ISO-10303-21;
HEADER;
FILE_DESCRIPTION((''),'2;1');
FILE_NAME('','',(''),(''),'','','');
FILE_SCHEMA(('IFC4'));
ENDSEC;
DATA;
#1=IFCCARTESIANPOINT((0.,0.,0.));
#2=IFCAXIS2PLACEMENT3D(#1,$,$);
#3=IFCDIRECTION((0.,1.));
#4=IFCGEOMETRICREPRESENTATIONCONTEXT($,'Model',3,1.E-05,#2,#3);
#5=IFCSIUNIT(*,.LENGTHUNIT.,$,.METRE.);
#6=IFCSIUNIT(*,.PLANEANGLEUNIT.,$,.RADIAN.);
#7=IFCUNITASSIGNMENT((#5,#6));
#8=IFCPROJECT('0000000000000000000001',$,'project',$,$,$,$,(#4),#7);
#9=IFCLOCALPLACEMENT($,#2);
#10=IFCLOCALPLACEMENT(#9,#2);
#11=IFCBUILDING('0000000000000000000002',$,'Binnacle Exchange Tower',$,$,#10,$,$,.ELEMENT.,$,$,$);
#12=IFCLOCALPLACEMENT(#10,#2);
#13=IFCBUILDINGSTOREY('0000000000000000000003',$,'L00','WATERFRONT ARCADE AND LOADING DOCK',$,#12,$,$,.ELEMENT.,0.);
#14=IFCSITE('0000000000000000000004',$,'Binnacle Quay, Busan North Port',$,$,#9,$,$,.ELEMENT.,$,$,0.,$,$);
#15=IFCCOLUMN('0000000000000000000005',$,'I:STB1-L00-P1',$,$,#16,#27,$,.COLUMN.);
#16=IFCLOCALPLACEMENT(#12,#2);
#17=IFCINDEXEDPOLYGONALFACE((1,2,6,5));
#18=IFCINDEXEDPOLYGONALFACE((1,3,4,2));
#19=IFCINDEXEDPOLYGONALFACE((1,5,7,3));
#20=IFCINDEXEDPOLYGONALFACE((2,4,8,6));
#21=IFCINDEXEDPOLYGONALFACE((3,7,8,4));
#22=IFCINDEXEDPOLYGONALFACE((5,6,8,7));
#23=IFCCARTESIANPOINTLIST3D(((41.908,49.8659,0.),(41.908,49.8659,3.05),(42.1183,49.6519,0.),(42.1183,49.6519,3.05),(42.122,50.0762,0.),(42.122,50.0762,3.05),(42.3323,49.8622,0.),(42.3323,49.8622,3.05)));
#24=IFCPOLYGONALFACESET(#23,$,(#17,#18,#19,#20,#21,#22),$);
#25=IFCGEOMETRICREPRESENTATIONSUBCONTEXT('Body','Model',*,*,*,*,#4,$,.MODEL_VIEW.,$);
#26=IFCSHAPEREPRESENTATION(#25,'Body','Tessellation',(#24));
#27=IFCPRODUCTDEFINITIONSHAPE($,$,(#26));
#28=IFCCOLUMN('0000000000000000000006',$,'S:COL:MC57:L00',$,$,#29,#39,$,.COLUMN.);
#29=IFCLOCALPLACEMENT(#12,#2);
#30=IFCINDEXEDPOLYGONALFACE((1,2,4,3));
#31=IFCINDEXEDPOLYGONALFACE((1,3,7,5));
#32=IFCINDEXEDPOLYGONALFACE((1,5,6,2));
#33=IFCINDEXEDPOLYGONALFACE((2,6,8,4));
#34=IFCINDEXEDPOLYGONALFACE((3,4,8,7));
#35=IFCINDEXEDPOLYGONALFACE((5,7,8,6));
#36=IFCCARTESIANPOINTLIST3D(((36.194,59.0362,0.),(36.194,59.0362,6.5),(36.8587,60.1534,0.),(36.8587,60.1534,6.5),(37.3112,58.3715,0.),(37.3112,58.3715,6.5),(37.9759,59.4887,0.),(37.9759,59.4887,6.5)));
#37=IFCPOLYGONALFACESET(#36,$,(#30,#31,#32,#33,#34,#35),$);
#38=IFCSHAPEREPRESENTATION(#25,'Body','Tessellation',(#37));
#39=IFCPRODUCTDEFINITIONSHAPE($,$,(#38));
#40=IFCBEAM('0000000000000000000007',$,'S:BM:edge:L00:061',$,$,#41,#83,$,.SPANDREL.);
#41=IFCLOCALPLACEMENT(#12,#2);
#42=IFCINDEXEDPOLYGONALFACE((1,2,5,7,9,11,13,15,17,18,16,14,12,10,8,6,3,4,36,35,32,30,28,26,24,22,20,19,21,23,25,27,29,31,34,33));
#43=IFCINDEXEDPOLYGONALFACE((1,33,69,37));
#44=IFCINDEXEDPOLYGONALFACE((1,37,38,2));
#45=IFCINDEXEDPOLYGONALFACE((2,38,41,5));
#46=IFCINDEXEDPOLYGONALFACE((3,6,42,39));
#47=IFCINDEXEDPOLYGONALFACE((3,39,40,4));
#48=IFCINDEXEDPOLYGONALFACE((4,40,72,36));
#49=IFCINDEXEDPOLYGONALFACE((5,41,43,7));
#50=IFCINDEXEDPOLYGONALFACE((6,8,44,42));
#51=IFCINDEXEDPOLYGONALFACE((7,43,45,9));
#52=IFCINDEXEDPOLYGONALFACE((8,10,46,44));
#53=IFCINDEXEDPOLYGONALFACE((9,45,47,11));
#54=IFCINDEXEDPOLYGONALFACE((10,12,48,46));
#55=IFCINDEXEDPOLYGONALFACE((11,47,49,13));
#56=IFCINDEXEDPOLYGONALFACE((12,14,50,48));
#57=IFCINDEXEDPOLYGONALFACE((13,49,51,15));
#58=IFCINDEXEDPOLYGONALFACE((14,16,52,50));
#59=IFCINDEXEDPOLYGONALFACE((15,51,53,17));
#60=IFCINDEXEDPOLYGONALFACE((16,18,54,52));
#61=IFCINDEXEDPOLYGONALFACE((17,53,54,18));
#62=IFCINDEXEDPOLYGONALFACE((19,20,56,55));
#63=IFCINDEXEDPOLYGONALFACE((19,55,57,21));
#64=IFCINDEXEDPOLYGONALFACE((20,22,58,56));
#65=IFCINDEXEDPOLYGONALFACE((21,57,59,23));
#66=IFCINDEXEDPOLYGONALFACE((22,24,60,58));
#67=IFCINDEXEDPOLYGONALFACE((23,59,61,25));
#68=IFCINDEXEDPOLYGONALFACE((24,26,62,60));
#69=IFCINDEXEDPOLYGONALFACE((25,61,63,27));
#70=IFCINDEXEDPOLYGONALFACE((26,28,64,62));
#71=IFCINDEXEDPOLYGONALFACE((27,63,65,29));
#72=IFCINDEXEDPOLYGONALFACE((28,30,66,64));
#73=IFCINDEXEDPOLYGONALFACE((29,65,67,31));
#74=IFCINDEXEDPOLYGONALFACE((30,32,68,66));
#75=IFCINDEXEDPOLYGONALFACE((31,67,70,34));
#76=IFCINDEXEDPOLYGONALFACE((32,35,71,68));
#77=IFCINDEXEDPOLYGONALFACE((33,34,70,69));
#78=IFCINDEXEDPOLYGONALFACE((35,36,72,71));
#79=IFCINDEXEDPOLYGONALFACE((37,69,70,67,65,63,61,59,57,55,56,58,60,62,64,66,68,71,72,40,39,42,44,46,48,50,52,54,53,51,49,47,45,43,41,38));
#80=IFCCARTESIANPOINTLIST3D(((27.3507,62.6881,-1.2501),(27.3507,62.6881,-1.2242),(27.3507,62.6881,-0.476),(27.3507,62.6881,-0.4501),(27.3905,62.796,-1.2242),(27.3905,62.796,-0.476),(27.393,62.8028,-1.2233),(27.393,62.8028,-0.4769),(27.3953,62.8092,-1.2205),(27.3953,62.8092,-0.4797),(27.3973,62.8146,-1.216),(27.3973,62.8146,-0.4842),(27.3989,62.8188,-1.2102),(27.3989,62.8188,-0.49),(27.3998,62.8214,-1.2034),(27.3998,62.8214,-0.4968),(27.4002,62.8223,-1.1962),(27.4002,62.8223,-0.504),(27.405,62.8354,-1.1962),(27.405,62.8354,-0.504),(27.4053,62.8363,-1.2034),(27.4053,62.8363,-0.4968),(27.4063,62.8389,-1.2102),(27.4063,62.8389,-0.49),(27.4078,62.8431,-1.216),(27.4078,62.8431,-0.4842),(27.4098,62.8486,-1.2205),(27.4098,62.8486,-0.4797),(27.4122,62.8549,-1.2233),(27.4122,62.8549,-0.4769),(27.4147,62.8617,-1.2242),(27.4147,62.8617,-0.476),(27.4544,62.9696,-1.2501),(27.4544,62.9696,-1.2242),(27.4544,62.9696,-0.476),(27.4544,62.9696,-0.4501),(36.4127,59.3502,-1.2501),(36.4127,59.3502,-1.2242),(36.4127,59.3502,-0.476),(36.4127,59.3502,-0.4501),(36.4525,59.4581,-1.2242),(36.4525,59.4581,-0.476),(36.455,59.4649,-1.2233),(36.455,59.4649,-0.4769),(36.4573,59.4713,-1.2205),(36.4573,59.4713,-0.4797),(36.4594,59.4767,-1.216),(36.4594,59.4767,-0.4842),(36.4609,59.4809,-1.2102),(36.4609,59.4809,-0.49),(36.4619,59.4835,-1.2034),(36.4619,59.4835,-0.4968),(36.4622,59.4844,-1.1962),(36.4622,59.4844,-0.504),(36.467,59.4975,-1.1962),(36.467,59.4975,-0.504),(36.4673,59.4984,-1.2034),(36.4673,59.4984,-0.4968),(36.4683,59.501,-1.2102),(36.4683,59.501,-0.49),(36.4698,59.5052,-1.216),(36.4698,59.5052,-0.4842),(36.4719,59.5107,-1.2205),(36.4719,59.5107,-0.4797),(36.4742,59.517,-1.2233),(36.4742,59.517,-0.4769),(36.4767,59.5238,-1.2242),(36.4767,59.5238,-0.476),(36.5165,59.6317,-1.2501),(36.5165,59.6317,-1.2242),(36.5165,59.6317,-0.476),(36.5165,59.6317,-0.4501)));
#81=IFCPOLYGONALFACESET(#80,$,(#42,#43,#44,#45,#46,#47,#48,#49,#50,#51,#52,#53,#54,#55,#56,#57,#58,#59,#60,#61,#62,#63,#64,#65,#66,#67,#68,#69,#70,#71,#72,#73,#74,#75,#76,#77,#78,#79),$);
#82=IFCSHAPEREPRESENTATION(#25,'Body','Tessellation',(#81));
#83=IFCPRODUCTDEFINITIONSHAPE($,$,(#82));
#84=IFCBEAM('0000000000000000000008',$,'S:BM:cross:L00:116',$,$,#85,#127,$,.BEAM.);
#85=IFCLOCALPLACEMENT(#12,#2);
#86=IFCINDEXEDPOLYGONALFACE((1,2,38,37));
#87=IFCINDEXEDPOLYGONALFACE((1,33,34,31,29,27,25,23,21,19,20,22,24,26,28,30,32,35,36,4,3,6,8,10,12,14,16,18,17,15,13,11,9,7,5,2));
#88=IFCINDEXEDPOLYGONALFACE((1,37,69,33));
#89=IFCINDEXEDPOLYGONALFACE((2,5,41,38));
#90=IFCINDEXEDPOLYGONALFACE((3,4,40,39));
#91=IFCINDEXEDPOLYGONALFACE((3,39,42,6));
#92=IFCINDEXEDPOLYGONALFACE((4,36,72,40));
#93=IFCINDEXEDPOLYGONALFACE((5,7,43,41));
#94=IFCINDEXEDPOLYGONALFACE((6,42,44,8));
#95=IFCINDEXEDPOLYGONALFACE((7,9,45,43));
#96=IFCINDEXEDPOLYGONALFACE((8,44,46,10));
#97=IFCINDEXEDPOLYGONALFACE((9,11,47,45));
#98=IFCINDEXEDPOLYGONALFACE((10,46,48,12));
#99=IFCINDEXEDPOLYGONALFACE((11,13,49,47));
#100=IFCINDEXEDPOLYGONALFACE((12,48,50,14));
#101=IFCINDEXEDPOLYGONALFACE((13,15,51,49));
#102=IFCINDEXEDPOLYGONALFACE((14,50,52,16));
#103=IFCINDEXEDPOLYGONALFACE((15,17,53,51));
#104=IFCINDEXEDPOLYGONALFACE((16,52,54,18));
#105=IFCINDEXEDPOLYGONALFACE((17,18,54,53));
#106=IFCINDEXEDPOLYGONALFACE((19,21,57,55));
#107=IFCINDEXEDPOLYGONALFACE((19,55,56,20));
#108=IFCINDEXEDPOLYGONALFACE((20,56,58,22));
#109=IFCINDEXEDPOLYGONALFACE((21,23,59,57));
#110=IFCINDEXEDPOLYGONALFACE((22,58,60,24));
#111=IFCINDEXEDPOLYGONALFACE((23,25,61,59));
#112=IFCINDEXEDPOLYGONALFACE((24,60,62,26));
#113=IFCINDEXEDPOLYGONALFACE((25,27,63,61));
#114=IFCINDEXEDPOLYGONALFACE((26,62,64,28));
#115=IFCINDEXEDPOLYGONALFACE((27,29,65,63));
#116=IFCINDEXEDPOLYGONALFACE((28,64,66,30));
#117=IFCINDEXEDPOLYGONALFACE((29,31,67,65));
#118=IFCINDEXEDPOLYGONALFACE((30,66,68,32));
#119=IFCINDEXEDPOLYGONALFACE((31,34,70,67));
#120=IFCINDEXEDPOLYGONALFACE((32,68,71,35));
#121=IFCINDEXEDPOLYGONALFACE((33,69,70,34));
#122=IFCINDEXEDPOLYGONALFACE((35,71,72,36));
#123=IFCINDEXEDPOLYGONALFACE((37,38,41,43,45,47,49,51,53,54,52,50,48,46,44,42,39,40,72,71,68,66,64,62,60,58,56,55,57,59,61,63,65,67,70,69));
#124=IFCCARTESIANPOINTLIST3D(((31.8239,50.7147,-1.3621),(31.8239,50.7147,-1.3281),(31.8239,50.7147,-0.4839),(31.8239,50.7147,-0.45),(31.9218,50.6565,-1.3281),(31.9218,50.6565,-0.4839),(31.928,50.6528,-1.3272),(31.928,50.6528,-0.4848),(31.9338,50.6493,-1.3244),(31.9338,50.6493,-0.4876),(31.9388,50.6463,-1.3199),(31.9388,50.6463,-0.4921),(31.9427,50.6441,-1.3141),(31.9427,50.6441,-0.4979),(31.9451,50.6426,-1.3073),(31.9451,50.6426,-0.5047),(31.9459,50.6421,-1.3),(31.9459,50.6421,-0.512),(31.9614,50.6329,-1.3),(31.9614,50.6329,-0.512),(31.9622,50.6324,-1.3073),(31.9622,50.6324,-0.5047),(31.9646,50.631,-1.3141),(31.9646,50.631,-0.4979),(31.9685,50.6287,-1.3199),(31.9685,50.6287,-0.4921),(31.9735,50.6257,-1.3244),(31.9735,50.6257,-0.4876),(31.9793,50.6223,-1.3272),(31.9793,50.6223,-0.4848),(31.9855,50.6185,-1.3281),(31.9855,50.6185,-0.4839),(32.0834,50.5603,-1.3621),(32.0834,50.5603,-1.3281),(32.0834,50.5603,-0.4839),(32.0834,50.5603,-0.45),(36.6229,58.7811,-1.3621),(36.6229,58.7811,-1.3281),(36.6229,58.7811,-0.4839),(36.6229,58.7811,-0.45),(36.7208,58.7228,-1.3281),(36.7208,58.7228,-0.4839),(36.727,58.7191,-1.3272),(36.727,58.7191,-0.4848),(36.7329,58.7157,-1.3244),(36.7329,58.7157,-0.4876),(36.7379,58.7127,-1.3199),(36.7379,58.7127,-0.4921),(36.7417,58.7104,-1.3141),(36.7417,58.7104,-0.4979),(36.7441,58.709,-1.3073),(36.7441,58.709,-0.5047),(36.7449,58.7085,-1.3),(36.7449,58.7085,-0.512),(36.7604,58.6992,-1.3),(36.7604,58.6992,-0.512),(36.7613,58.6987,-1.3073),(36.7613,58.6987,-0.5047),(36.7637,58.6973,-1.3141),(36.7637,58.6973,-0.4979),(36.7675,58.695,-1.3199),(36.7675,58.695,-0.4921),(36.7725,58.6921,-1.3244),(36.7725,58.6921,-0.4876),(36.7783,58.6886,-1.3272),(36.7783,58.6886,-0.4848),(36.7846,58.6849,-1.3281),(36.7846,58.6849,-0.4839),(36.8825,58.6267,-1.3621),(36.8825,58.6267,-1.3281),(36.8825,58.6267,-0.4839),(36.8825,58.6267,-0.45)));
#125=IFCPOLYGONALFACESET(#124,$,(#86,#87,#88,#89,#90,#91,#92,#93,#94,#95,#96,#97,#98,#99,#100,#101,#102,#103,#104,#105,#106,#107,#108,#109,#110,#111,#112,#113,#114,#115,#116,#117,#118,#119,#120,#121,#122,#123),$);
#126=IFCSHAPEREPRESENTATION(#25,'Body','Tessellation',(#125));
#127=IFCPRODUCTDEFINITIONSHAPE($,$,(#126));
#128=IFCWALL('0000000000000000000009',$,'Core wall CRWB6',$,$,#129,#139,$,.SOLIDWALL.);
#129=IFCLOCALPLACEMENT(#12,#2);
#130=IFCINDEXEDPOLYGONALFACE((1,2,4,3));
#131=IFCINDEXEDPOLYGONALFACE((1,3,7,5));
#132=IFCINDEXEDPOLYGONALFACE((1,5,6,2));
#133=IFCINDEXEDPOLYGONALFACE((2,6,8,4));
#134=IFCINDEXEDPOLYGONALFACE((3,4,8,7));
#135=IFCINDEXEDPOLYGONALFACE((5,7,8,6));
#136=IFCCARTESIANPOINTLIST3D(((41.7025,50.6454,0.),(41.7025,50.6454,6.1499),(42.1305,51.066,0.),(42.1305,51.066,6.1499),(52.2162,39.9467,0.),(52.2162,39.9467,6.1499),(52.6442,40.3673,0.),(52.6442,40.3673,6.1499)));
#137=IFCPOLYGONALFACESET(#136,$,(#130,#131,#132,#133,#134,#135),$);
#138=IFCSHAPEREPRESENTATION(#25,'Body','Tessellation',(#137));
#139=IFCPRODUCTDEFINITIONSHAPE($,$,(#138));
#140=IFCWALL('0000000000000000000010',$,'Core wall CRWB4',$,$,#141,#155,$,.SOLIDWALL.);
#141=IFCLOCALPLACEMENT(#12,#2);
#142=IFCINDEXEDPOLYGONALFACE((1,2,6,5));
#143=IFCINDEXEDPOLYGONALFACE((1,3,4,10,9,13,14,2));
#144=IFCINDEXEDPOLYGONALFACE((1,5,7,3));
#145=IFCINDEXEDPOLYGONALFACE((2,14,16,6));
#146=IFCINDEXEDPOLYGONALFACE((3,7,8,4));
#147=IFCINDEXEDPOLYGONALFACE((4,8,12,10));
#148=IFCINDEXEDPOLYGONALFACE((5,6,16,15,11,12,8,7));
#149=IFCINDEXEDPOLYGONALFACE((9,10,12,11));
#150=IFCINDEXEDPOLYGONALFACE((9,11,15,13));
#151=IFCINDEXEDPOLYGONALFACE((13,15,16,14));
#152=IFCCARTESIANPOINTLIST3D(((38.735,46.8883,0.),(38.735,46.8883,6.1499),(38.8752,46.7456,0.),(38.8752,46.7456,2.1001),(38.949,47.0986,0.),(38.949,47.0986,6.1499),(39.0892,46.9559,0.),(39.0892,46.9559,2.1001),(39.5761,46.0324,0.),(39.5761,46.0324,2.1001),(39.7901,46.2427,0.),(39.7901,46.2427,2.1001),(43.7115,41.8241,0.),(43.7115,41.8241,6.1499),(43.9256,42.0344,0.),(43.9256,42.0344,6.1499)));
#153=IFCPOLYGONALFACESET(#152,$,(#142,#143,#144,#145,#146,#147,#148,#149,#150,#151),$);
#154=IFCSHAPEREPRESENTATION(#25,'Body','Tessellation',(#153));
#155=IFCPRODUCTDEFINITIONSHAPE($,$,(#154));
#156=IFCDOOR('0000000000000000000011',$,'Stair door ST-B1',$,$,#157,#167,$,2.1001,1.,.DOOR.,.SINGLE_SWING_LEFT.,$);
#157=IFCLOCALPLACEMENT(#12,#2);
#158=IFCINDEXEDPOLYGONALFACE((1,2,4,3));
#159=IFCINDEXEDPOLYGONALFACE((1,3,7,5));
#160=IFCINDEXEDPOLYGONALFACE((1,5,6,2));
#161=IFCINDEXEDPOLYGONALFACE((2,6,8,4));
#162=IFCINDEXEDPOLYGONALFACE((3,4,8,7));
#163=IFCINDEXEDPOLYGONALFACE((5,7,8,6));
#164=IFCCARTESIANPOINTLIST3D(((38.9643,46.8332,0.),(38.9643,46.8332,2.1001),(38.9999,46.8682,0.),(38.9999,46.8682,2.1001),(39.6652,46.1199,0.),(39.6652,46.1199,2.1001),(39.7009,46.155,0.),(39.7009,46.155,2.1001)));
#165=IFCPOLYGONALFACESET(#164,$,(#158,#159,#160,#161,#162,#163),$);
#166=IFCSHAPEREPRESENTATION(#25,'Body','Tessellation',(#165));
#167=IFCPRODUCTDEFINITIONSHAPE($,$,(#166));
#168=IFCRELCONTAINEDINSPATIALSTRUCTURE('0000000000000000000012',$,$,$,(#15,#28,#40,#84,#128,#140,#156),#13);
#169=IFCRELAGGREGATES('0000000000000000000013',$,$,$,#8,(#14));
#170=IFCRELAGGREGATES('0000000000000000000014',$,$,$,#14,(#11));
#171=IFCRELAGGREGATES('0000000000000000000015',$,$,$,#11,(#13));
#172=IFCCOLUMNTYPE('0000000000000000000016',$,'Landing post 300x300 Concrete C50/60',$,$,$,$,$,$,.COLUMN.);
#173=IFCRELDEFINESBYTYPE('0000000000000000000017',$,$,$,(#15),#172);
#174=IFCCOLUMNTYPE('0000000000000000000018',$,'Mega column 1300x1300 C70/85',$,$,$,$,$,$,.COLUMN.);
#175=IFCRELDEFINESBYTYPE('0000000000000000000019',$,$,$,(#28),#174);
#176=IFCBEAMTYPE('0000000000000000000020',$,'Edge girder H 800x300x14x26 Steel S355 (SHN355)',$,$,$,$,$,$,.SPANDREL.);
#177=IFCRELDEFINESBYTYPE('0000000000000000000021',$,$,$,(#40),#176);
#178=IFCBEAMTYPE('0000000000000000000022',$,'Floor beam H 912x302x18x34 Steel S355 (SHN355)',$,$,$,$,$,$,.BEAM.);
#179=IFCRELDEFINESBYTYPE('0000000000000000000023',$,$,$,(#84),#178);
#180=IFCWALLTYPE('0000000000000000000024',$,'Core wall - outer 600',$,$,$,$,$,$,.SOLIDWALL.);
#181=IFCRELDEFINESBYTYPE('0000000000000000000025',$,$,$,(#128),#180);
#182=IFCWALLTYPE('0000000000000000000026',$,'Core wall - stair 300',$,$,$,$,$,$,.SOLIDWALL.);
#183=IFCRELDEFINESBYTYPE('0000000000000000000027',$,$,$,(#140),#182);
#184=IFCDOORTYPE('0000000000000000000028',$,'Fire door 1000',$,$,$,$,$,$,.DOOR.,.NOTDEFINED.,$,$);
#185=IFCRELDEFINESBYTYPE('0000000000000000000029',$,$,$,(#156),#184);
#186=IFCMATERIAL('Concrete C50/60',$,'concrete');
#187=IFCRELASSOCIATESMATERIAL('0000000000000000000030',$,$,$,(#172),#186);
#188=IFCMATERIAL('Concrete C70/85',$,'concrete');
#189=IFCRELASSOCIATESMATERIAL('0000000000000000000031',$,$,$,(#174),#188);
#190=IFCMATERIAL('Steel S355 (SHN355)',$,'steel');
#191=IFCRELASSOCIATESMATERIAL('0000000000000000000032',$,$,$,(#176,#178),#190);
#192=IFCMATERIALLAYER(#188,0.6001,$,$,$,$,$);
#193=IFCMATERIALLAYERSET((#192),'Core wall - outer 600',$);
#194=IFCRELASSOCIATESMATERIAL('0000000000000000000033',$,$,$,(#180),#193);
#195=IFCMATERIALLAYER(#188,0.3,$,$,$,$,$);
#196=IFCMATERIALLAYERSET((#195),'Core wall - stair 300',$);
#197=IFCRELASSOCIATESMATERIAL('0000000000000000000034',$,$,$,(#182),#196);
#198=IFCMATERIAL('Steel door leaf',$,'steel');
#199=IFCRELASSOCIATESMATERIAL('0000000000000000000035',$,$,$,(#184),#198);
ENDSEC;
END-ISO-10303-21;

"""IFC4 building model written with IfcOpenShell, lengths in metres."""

from ifc_helpers import new_model, si_unit, direction, frame, frame_2d, origin, origin_2d, place, context, subcontext, project, spatial, rectangle, i_section, extrude, material, layer, layer_set, material_profile, profile_set, type_object, element, fill, save


model = new_model("IFC4")

# Units and contexts
model_context = context("Model", 3, precision=1e-05, world=origin(), true_north=direction((0.0, 1.0)))
body_context = subcontext(model_context, "Body", "Model", "MODEL_VIEW")
ifc_project = project(units=[si_unit("LENGTHUNIT", "METRE"), si_unit("PLANEANGLEUNIT", "RADIAN")], contexts=[model_context])

# Site, building, storey
site_placement = place(None, origin())
site = spatial("IfcSite", under=ifc_project, at=site_placement, Name="Binnacle Quay, Busan North Port", CompositionType="ELEMENT", RefElevation=0.0)
building_placement = place(site_placement, origin())
building = spatial("IfcBuilding", under=site, at=building_placement, Name="Binnacle Exchange Tower", CompositionType="ELEMENT")
storey_placement = place(building_placement, origin())
storey = spatial("IfcBuildingStorey", under=building, at=storey_placement, Name="L00", Description="WATERFRONT ARCADE AND LOADING DOCK", CompositionType="ELEMENT", Elevation=0.0)

# Columns
ifc_material_1 = material(Name="Concrete C50/60", Category="concrete")
ifc_material_profile_1 = material_profile(ifc_material_1, rectangle(XDim=0.3, YDim=0.3, at=origin_2d()), Name="Landing post 300x300")
ifc_profile_set_1 = profile_set([ifc_material_profile_1], Name="Concrete C50/60")
column_type_1 = type_object("IfcColumnType", Name="Landing post 300x300 Concrete C50/60", PredefinedType="COLUMN", material=ifc_profile_set_1)
column_1_placement = place(storey_placement, frame((42.1201, 49.864, 0.0), z_axis=(0.0, 0.0, 1.0), x_axis=(0.700909, -0.71325, 0.0)))
element("IfcColumn", 1, at=column_1_placement, inside=storey, type_object=column_type_1, Name="I:STB1-L00-P1", PredefinedType="COLUMN", context=body_context, shape_type="SweptSolid", body=[
    extrude(rectangle(XDim=0.3, YDim=0.3, at=origin_2d()), origin(), (0.0, 0.0, 1.0), 3.05),
])
ifc_material_2 = material(Name="Concrete C70/85", Category="concrete")
ifc_material_profile_2 = material_profile(ifc_material_2, rectangle(XDim=1.3, YDim=1.3, at=origin_2d()), Name="Mega column 1300x1300 C70/85")
ifc_profile_set_2 = profile_set([ifc_material_profile_2], Name="Concrete C70/85")
column_type_2 = type_object("IfcColumnType", Name="Mega column 1300x1300 C70/85", PredefinedType="COLUMN", material=ifc_profile_set_2)
column_2_placement = place(storey_placement, frame((37.085, 59.2625, 0.0), z_axis=(0.0, 0.0, 1.0), x_axis=(-0.859406, 0.511293, 0.0)))
element("IfcColumn", 2, at=column_2_placement, inside=storey, type_object=column_type_2, Name="S:COL:MC57:L00", PredefinedType="COLUMN", context=body_context, shape_type="SweptSolid", body=[
    extrude(rectangle(XDim=1.3, YDim=1.3, at=origin_2d()), origin(), (0.0, 0.0, 1.0), 6.5),
])

# Beams
ifc_material_3 = material(Name="Steel S355 (SHN355)", Category="steel")
ifc_material_profile_3 = material_profile(ifc_material_3, i_section(OverallWidth=0.3, OverallDepth=0.8, WebThickness=0.0139, FlangeThickness=0.0259, FilletRadius=0.0281, at=origin_2d()), Name="H 800x300x14x26")
ifc_profile_set_3 = profile_set([ifc_material_profile_3], Name="Steel S355 (SHN355)")
beam_type_1 = type_object("IfcBeamType", Name="Edge girder H 800x300x14x26 Steel S355 (SHN355)", PredefinedType="SPANDREL", material=ifc_profile_set_3)
beam_1_placement = place(storey_placement, frame((36.4646, 59.491, -0.8501), z_axis=(-0.938368, 0.345637, 0.0), x_axis=(-0.345637, -0.938368, 0.0)))
element("IfcBeam", 3, at=beam_1_placement, inside=storey, type_object=beam_type_1, Name="S:BM:edge:L00:061", PredefinedType="SPANDREL", context=body_context, shape_type="SweptSolid", body=[
    extrude(i_section(OverallWidth=0.3, OverallDepth=0.8, WebThickness=0.0139, FlangeThickness=0.0259, FilletRadius=0.0281, at=origin_2d()), origin(), (0.0, 0.0, 1.0), 9.6572),
])
ifc_material_profile_4 = material_profile(ifc_material_3, i_section(OverallWidth=0.302, OverallDepth=0.9121, WebThickness=0.0181, FlangeThickness=0.0339, FilletRadius=0.0281, at=origin_2d()), Name="H 912x302x18x34")
ifc_profile_set_4 = profile_set([ifc_material_profile_4], Name="Steel S355 (SHN355)")
beam_type_2 = type_object("IfcBeamType", Name="Floor beam H 912x302x18x34 Steel S355 (SHN355)", PredefinedType="BEAM", material=ifc_profile_set_4)
beam_2_placement = place(storey_placement, frame((36.7527, 58.7039, -0.906), z_axis=(-0.511298, -0.859403, 0.0), x_axis=(0.859403, -0.511298, 0.0)))
element("IfcBeam", 4, at=beam_2_placement, inside=storey, type_object=beam_type_2, Name="S:BM:cross:L00:116", PredefinedType="BEAM", context=body_context, shape_type="SweptSolid", body=[
    extrude(i_section(OverallWidth=0.302, OverallDepth=0.9121, WebThickness=0.0181, FlangeThickness=0.0339, FilletRadius=0.0281, at=origin_2d()), origin(), (0.0, 0.0, 1.0), 9.386),
])

# Wall
ifc_layer_1 = layer(ifc_material_2, 0.6001)
ifc_layer_set_1 = layer_set([ifc_layer_1], Name="Core wall - outer 600")
wall_type_1 = type_object("IfcWallType", Name="Core wall - outer 600", PredefinedType="SOLIDWALL", material=ifc_layer_set_1)
wall_1_placement = place(storey_placement, frame((41.9165, 50.8557, 0.0), z_axis=(0.0, 0.0, 1.0), x_axis=(0.700911, -0.713248, 0.0)))
element("IfcWall", 5, at=wall_1_placement, inside=storey, type_object=wall_type_1, Name="Core wall CRWB6", PredefinedType="SOLIDWALL", context=body_context, shape_type="SweptSolid", body=[
    extrude(rectangle(XDim=15.0, YDim=0.6001, at=frame_2d((7.5, 0.0))), origin(), (0.0, 0.0, 1.0), 6.1499),
])

# Wall, opening, door
ifc_layer_2 = layer(ifc_material_2, 0.3)
ifc_layer_set_2 = layer_set([ifc_layer_2], Name="Core wall - stair 300")
wall_type_2 = type_object("IfcWallType", Name="Core wall - stair 300", PredefinedType="SOLIDWALL", material=ifc_layer_set_2)
wall_2_placement = place(storey_placement, frame((38.842, 46.9934, 0.0), z_axis=(0.0, 0.0, 1.0), x_axis=(0.700908, -0.713252, 0.0)))
wall_2 = element("IfcWall", 6, at=wall_2_placement, inside=storey, type_object=wall_type_2, Name="Core wall CRWB4", PredefinedType="SOLIDWALL", context=body_context, shape_type="SweptSolid", body=[
    extrude(rectangle(XDim=7.1001, YDim=0.3, at=frame_2d((3.55, 0.0))), origin(), (0.0, 0.0, 1.0), 6.1499),
])
opening_1_placement = place(wall_2_placement, frame((0.2, 0.0, 0.0)))
opening_1 = element("IfcOpeningElement", 7, at=opening_1_placement, cuts=wall_2, PredefinedType="OPENING", context=body_context, shape_type="SweptSolid", body=[
    extrude(rectangle(XDim=1.0, YDim=2.1001, at=frame_2d((0.5, 1.05))), frame((0.0, 0.1599, 0.0), z_axis=(0.0, -1.0, 0.0), x_axis=(1.0, 0.0, 0.0)), (0.0, 0.0, 1.0), 0.3201),
])
ifc_material_4 = material(Name="Steel door leaf", Category="steel")
door_type_1 = type_object("IfcDoorType", Name="Fire door 1000", OperationType="NOTDEFINED", PredefinedType="DOOR", material=ifc_material_4)
door_1_placement = place(opening_1_placement, origin())
door_1 = element("IfcDoor", 8, at=door_1_placement, inside=storey, type_object=door_type_1, Name="Stair door ST-B1", OperationType="SINGLE_SWING_LEFT", OverallHeight=2.1001, OverallWidth=1.0, PredefinedType="DOOR", context=body_context, shape_type="SweptSolid", body=[
    extrude(rectangle(XDim=1.0, YDim=2.1001, at=frame_2d((0.5, 1.05))), frame((0.0, 0.0249, 0.0), z_axis=(0.0, -1.0, 0.0), x_axis=(1.0, 0.0, 0.0)), (0.0, 0.0, 1.0), 0.05),
])
fill(opening_1, door_1)

save(model, "model.ifc")
